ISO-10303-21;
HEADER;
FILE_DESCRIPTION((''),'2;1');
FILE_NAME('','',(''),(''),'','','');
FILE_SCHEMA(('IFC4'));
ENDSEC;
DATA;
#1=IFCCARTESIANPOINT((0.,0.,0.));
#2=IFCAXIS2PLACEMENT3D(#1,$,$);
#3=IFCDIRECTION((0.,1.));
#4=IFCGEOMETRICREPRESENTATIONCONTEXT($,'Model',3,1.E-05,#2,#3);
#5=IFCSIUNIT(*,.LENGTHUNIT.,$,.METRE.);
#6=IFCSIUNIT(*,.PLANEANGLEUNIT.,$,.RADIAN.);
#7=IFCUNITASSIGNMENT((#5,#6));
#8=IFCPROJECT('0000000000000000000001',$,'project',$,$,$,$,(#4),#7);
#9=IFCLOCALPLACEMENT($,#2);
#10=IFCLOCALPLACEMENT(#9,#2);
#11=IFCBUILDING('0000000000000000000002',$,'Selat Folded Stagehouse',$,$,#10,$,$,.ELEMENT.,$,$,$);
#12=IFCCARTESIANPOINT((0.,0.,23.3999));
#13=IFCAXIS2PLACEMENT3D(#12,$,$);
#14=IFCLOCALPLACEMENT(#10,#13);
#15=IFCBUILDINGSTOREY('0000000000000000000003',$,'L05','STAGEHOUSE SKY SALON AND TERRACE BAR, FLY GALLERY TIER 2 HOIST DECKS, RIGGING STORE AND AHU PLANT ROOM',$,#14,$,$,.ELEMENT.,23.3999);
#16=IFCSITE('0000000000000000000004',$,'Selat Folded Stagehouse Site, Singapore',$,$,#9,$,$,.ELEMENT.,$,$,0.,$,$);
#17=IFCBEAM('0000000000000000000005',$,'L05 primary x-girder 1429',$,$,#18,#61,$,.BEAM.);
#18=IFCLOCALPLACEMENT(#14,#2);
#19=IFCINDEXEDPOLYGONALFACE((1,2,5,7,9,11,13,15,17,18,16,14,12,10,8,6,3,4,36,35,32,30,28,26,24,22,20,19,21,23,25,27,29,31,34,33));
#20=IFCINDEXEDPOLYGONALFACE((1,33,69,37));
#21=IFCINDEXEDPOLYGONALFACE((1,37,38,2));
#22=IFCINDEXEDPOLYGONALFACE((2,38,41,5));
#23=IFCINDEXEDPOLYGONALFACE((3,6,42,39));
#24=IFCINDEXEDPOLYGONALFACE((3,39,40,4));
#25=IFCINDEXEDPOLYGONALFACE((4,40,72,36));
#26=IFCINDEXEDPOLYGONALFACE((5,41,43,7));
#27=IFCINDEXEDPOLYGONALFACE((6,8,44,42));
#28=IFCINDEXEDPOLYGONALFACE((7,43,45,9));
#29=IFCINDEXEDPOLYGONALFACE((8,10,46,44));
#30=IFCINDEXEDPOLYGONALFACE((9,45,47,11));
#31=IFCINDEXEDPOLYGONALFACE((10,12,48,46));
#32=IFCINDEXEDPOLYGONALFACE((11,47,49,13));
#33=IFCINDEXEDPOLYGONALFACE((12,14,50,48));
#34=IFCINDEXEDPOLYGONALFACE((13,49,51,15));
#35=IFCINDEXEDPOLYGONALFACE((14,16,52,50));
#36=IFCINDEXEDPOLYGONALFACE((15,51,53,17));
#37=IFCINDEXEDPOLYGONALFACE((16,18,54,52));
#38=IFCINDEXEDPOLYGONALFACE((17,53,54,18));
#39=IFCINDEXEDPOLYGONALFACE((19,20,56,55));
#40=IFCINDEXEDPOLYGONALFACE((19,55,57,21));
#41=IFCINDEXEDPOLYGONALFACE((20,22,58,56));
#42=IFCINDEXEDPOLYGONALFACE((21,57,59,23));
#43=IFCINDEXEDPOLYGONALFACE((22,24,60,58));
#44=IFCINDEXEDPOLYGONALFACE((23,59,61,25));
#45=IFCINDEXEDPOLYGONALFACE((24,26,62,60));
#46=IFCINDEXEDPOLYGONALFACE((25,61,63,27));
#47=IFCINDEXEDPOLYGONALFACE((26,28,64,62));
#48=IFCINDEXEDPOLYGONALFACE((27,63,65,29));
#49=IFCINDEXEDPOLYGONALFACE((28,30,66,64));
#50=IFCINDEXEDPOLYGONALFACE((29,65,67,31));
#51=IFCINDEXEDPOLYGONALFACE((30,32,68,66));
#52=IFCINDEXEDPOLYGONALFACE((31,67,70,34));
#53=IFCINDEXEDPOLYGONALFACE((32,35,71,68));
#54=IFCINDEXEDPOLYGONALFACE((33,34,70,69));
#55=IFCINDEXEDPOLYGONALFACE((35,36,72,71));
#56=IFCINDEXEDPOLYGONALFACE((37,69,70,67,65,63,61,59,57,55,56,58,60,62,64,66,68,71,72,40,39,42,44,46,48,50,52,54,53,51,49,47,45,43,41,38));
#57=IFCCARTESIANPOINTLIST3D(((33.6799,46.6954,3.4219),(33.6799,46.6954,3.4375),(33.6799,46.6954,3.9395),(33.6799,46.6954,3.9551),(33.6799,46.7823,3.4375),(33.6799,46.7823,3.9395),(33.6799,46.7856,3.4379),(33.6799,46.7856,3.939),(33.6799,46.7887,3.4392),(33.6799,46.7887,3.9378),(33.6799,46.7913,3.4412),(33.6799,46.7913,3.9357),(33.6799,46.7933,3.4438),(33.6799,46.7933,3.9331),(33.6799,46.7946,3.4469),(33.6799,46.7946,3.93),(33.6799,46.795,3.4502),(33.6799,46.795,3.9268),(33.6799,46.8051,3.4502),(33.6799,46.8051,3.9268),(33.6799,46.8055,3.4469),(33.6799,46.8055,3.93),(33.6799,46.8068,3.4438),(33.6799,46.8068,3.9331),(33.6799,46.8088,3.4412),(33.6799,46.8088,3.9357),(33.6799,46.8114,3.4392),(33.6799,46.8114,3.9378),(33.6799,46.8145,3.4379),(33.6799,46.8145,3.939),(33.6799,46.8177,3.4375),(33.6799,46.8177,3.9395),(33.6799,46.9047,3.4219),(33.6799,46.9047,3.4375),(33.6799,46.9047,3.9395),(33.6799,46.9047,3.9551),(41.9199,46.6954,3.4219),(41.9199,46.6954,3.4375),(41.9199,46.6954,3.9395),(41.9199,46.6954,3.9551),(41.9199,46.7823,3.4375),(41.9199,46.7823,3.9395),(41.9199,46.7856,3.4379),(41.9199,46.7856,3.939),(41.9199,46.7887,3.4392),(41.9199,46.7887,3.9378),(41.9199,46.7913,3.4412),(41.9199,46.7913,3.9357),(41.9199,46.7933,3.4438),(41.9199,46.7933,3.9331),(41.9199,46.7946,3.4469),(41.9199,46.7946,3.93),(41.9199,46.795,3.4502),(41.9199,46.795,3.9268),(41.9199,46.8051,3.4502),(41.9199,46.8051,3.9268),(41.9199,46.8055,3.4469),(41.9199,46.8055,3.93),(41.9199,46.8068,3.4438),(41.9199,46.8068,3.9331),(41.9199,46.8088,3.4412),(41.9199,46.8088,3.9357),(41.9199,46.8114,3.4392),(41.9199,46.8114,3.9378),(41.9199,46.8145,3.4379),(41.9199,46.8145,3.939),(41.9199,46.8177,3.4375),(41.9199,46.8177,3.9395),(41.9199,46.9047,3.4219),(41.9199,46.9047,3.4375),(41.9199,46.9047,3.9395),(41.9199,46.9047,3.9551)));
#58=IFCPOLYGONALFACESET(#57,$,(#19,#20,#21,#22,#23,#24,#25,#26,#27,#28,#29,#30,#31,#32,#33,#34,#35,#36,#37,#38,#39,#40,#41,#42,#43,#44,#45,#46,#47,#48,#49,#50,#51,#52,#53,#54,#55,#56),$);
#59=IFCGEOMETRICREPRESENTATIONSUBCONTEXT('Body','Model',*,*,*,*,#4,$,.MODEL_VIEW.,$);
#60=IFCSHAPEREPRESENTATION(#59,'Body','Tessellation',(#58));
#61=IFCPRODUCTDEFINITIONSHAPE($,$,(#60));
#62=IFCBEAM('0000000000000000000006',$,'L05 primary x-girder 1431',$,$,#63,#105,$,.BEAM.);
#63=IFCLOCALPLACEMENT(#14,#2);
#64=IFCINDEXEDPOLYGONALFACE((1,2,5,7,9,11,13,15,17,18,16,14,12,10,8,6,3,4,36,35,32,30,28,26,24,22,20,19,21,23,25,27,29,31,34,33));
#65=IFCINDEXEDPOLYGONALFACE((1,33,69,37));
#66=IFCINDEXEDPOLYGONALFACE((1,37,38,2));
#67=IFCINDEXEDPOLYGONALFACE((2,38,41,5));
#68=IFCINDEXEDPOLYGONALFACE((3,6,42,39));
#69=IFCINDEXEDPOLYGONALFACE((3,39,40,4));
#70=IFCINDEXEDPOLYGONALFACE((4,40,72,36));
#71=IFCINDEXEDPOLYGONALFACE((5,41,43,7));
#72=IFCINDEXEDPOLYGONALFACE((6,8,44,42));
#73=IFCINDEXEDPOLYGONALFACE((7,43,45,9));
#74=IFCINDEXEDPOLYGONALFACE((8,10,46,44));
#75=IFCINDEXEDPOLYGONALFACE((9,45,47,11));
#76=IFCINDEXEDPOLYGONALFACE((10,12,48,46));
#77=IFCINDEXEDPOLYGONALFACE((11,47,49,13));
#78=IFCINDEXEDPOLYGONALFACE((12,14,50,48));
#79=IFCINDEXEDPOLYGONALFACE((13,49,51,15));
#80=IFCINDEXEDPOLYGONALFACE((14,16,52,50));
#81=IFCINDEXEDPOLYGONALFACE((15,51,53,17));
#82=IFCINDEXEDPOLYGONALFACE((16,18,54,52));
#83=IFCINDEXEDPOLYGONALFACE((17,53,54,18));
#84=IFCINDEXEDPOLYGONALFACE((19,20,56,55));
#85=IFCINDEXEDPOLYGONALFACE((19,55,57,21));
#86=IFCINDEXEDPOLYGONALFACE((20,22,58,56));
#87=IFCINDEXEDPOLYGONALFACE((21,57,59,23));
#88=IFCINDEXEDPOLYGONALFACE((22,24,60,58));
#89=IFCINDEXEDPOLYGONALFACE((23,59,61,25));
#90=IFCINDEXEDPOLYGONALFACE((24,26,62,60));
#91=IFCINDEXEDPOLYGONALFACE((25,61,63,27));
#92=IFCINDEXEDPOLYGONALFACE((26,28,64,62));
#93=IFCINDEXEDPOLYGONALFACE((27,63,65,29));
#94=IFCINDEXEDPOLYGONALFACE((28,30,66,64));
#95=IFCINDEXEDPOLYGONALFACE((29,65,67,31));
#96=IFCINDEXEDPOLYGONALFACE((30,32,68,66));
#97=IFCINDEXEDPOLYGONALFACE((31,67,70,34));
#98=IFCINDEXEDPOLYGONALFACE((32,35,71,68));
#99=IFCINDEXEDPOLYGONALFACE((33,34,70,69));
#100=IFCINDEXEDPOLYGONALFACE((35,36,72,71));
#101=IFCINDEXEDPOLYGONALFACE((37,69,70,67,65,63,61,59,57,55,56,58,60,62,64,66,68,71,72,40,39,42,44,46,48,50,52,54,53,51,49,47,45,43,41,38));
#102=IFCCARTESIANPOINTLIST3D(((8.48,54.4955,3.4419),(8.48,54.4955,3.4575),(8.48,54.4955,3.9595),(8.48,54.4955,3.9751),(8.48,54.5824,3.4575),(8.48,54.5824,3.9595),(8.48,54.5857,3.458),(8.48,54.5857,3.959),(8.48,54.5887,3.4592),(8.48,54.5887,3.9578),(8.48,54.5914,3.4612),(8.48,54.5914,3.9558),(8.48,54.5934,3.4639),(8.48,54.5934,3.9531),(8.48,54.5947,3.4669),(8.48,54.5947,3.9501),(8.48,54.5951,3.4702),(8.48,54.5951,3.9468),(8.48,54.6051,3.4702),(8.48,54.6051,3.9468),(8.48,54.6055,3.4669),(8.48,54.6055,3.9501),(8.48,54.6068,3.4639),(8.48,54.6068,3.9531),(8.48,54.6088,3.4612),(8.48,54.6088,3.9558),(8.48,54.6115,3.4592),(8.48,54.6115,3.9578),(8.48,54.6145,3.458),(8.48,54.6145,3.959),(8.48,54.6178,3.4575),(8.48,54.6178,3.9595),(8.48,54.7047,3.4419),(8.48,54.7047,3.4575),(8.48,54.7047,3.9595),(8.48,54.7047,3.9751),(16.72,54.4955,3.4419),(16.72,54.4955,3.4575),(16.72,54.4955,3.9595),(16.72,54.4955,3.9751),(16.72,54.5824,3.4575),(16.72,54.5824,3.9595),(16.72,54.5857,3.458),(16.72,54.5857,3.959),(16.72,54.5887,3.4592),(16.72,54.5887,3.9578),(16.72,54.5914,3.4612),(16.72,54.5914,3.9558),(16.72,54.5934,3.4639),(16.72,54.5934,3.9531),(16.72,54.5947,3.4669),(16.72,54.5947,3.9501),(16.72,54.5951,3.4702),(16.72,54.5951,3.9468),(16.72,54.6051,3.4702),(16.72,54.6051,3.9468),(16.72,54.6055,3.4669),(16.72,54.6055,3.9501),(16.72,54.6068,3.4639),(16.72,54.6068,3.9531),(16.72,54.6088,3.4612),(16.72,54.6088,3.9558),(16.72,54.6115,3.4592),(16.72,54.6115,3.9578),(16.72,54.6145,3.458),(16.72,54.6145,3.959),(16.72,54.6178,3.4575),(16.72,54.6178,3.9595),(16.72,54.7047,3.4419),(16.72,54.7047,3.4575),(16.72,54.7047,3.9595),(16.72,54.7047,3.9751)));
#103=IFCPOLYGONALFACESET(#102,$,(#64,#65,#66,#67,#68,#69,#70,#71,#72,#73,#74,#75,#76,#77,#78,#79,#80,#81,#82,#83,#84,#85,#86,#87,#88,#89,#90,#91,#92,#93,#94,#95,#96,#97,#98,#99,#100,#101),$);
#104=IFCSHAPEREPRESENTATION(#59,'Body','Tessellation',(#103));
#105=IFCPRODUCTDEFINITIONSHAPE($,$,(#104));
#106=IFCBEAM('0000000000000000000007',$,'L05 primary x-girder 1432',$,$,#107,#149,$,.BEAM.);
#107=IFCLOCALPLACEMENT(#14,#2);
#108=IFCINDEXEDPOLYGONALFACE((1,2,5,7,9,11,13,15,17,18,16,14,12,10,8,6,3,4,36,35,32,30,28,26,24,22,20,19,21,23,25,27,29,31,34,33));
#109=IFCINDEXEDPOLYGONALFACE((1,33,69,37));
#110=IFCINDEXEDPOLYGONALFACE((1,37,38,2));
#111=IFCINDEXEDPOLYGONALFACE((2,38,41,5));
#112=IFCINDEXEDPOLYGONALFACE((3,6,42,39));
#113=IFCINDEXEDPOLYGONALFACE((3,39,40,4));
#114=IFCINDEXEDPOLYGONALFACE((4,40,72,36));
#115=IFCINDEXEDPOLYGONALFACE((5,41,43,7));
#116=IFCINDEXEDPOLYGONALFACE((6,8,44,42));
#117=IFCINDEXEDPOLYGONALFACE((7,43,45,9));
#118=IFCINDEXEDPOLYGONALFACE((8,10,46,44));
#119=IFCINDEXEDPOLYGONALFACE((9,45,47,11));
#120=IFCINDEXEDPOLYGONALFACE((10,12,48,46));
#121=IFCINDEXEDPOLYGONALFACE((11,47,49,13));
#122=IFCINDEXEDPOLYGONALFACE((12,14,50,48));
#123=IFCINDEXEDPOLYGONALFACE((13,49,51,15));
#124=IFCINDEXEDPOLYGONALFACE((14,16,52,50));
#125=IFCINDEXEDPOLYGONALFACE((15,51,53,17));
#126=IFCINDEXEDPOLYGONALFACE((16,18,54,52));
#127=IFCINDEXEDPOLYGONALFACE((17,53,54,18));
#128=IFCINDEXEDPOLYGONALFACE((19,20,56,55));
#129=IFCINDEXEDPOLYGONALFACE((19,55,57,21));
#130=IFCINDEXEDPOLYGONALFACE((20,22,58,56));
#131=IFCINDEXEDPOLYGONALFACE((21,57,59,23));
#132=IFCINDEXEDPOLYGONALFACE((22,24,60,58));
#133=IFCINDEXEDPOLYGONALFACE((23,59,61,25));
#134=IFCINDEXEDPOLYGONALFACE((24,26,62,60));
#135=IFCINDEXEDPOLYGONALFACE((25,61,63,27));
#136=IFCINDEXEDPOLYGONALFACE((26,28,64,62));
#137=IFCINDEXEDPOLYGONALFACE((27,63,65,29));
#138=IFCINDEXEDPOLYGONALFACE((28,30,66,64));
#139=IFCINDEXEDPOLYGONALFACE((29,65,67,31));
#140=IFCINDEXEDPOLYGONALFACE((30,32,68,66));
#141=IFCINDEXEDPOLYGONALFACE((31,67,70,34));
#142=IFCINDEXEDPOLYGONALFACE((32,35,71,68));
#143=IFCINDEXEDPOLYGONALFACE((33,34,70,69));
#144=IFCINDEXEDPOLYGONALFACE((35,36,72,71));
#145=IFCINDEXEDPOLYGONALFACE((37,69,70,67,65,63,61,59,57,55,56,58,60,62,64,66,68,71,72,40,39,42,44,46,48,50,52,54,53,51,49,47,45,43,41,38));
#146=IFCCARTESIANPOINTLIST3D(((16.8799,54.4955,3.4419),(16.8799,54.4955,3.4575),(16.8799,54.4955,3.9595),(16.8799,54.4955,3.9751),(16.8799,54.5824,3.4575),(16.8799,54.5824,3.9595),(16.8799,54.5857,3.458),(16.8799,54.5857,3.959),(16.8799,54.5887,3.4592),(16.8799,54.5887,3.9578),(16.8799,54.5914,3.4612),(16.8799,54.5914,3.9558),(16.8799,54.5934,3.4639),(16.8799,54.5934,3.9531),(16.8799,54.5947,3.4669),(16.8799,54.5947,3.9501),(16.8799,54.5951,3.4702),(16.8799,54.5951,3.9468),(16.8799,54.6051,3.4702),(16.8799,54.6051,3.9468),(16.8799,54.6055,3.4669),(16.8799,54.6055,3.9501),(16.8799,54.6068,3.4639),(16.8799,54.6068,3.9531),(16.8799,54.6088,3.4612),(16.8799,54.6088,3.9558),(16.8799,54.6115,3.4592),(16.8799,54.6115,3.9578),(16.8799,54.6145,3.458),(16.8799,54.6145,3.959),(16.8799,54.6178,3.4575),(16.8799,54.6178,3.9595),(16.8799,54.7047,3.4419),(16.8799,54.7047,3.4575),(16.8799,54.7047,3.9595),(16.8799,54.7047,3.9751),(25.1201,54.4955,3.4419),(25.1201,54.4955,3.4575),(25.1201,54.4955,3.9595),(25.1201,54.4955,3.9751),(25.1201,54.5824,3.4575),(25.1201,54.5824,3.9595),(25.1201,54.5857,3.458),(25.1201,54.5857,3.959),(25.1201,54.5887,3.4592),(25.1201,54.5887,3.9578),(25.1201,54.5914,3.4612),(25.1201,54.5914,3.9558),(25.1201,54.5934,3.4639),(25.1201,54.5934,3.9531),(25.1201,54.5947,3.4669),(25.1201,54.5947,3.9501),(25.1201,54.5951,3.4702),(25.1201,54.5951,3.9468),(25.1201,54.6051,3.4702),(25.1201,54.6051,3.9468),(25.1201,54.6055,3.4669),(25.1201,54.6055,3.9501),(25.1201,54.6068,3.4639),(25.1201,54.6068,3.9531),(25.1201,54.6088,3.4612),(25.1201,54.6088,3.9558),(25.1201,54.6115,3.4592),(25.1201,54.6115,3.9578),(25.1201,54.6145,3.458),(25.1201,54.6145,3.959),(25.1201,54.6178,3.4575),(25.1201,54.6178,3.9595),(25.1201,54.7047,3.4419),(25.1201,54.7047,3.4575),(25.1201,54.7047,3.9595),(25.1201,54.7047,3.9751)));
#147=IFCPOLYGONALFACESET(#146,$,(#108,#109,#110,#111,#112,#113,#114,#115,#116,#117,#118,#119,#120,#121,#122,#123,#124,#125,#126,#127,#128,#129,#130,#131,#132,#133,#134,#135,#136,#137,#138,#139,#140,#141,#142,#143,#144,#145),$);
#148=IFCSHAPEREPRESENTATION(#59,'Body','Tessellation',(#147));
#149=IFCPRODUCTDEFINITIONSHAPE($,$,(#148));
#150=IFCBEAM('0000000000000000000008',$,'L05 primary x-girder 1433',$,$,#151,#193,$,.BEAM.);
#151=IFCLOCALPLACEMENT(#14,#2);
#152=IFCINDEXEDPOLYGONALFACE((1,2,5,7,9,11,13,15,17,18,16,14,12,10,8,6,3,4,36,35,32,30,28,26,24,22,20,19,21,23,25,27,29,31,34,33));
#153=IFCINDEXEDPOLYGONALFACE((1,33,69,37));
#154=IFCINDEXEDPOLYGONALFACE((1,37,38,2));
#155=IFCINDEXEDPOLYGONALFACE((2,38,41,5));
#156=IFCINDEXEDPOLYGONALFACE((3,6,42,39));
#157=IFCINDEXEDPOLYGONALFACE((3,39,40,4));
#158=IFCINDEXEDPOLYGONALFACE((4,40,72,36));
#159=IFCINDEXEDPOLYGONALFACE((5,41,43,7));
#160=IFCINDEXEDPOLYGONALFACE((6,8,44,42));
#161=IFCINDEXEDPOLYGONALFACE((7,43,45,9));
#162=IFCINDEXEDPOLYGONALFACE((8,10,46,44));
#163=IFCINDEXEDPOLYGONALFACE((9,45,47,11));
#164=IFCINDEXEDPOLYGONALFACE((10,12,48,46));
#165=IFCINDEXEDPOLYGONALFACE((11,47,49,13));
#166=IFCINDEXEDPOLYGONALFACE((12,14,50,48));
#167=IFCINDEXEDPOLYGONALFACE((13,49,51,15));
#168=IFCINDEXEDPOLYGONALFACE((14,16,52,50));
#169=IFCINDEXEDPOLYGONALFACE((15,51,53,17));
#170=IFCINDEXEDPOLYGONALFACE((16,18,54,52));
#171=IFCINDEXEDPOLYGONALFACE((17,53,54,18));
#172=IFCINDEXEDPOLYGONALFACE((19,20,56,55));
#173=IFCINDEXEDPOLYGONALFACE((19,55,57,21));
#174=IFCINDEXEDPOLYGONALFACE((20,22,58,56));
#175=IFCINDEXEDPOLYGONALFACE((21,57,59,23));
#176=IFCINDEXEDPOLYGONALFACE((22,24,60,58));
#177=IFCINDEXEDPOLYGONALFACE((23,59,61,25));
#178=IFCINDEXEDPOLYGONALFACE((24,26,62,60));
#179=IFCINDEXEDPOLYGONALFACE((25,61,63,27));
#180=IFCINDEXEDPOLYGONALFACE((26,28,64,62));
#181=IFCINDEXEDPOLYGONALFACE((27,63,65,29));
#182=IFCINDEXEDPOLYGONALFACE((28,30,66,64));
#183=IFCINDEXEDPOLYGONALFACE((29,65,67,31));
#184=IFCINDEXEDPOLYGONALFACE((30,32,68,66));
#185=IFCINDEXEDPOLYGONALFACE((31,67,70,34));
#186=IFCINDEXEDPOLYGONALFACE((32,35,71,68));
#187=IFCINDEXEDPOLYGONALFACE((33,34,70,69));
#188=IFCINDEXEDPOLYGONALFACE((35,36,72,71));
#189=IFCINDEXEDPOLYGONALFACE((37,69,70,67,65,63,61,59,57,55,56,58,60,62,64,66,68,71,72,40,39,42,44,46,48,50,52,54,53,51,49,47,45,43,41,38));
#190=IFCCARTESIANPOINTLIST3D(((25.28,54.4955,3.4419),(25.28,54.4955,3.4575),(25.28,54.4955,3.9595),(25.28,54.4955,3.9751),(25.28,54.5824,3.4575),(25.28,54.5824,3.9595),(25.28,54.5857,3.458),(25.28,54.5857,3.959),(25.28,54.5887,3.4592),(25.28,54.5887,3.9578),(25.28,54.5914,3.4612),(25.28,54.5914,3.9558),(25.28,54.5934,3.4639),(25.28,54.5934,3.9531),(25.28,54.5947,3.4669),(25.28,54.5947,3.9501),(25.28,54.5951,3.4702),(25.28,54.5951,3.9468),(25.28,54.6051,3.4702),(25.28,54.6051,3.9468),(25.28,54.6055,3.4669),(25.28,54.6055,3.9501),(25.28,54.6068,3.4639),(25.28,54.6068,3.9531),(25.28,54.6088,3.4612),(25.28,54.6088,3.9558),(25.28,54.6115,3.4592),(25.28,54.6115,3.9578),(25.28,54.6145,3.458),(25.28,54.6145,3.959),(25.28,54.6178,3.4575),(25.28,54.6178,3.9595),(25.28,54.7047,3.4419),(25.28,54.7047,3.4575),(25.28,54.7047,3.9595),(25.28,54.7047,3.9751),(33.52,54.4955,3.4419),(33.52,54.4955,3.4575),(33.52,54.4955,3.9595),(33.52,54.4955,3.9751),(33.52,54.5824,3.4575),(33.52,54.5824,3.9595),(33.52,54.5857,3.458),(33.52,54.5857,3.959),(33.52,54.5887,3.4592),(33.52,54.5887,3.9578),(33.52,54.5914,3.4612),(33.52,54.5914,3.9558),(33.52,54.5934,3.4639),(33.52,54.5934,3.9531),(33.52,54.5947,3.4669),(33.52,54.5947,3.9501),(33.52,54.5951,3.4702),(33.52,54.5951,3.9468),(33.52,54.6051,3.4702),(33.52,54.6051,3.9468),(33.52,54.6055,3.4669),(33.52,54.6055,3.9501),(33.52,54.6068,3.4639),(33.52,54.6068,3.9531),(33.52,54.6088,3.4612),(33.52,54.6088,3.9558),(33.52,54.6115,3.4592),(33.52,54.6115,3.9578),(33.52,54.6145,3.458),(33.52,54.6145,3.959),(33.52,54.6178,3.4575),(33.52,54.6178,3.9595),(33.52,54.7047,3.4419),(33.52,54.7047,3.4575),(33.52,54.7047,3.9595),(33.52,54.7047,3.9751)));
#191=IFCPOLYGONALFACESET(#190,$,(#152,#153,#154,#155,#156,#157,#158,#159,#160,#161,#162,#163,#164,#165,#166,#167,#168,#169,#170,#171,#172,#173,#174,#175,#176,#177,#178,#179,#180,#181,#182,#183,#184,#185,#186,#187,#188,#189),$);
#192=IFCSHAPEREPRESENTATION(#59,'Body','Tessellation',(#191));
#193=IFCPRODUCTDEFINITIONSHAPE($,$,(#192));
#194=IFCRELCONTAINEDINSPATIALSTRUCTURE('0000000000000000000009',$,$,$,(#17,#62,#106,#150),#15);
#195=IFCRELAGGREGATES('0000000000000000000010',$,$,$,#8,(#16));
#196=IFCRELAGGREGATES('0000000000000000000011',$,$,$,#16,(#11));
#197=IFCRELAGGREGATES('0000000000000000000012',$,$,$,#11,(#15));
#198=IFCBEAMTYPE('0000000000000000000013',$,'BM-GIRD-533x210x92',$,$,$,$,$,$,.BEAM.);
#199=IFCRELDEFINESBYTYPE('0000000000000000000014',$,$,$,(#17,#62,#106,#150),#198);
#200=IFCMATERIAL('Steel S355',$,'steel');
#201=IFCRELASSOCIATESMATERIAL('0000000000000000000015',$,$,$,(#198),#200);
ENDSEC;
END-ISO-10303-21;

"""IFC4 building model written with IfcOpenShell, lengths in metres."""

from ifc_helpers import new_model, si_unit, direction, frame, origin, origin_2d, place, context, subcontext, project, spatial, i_section, extrude, material, material_profile, profile_set, type_object, element, save


model = new_model("IFC4")

# Units and contexts
model_context = context("Model", 3, precision=1e-05, world=origin(), true_north=direction((0.0, 1.0)))
body_context = subcontext(model_context, "Body", "Model", "MODEL_VIEW")
ifc_project = project(units=[si_unit("LENGTHUNIT", "METRE"), si_unit("PLANEANGLEUNIT", "RADIAN")], contexts=[model_context])

# Site, building, storey
site_placement = place(None, origin())
site = spatial("IfcSite", under=ifc_project, at=site_placement, Name="Selat Folded Stagehouse Site, Singapore", CompositionType="ELEMENT", RefElevation=0.0)
building_placement = place(site_placement, origin())
building = spatial("IfcBuilding", under=site, at=building_placement, Name="Selat Folded Stagehouse", CompositionType="ELEMENT")
storey_placement = place(building_placement, frame((0.0, 0.0, 23.3999)))
storey = spatial("IfcBuildingStorey", under=building, at=storey_placement, Name="L05", Description="STAGEHOUSE SKY SALON AND TERRACE BAR, FLY GALLERY TIER 2 HOIST DECKS, RIGGING STORE AND AHU PLANT ROOM", CompositionType="ELEMENT", Elevation=23.3999)

# Shared definitions
ifc_material_1 = material(Name="Steel S355", Category="steel")

# Beams
ifc_material_profile_1 = material_profile(ifc_material_1, i_section(OverallWidth=0.2092, OverallDepth=0.5332, WebThickness=0.01, FlangeThickness=0.0156, FilletRadius=0.0127, at=origin_2d()), Name="UKB 533x210x92")
ifc_profile_set_1 = profile_set([ifc_material_profile_1], Name="Steel S355")
beam_type_1 = type_object("IfcBeamType", Name="BM-GIRD-533x210x92", PredefinedType="BEAM", material=ifc_profile_set_1)
for number, where, z_axis, x_axis, name in (
    (1, (33.6799, 46.8, 3.6885), (1.0, 0.0, 0.0), (0.0, 1.0, 0.0), "L05 primary x-girder 1429"),
    (2, (8.48, 54.6001, 3.7085), (1.0, 0.0, 0.0), (0.0, 1.0, 0.0), "L05 primary x-girder 1431"),
):
    element("IfcBeam", number, at=place(storey_placement, frame(where, z_axis=z_axis, x_axis=x_axis)), inside=storey, type_object=beam_type_1, Name=name, PredefinedType="BEAM", context=body_context, shape_type="SweptSolid", body=[
        extrude(i_section(OverallWidth=0.2092, OverallDepth=0.5332, WebThickness=0.01, FlangeThickness=0.0156, FilletRadius=0.0127, at=origin_2d()), origin(), (0.0, 0.0, 1.0), 8.24),
    ])
beam_1_placement = place(storey_placement, frame((16.8799, 54.6001, 3.7085), z_axis=(1.0, 0.0, 0.0), x_axis=(0.0, 1.0, 0.0)))
element("IfcBeam", 3, at=beam_1_placement, inside=storey, type_object=beam_type_1, Name="L05 primary x-girder 1432", PredefinedType="BEAM", context=body_context, shape_type="SweptSolid", body=[
    extrude(i_section(OverallWidth=0.2092, OverallDepth=0.5332, WebThickness=0.01, FlangeThickness=0.0156, FilletRadius=0.0127, at=origin_2d()), origin(), (0.0, 0.0, 1.0), 8.2402),
])
beam_2_placement = place(storey_placement, frame((25.28, 54.6001, 3.7085), z_axis=(1.0, 0.0, 0.0), x_axis=(0.0, 1.0, 0.0)))
element("IfcBeam", 4, at=beam_2_placement, inside=storey, type_object=beam_type_1, Name="L05 primary x-girder 1433", PredefinedType="BEAM", context=body_context, shape_type="SweptSolid", body=[
    extrude(i_section(OverallWidth=0.2092, OverallDepth=0.5332, WebThickness=0.01, FlangeThickness=0.0156, FilletRadius=0.0127, at=origin_2d()), origin(), (0.0, 0.0, 1.0), 8.24),
])

save(model, "model.ifc")
